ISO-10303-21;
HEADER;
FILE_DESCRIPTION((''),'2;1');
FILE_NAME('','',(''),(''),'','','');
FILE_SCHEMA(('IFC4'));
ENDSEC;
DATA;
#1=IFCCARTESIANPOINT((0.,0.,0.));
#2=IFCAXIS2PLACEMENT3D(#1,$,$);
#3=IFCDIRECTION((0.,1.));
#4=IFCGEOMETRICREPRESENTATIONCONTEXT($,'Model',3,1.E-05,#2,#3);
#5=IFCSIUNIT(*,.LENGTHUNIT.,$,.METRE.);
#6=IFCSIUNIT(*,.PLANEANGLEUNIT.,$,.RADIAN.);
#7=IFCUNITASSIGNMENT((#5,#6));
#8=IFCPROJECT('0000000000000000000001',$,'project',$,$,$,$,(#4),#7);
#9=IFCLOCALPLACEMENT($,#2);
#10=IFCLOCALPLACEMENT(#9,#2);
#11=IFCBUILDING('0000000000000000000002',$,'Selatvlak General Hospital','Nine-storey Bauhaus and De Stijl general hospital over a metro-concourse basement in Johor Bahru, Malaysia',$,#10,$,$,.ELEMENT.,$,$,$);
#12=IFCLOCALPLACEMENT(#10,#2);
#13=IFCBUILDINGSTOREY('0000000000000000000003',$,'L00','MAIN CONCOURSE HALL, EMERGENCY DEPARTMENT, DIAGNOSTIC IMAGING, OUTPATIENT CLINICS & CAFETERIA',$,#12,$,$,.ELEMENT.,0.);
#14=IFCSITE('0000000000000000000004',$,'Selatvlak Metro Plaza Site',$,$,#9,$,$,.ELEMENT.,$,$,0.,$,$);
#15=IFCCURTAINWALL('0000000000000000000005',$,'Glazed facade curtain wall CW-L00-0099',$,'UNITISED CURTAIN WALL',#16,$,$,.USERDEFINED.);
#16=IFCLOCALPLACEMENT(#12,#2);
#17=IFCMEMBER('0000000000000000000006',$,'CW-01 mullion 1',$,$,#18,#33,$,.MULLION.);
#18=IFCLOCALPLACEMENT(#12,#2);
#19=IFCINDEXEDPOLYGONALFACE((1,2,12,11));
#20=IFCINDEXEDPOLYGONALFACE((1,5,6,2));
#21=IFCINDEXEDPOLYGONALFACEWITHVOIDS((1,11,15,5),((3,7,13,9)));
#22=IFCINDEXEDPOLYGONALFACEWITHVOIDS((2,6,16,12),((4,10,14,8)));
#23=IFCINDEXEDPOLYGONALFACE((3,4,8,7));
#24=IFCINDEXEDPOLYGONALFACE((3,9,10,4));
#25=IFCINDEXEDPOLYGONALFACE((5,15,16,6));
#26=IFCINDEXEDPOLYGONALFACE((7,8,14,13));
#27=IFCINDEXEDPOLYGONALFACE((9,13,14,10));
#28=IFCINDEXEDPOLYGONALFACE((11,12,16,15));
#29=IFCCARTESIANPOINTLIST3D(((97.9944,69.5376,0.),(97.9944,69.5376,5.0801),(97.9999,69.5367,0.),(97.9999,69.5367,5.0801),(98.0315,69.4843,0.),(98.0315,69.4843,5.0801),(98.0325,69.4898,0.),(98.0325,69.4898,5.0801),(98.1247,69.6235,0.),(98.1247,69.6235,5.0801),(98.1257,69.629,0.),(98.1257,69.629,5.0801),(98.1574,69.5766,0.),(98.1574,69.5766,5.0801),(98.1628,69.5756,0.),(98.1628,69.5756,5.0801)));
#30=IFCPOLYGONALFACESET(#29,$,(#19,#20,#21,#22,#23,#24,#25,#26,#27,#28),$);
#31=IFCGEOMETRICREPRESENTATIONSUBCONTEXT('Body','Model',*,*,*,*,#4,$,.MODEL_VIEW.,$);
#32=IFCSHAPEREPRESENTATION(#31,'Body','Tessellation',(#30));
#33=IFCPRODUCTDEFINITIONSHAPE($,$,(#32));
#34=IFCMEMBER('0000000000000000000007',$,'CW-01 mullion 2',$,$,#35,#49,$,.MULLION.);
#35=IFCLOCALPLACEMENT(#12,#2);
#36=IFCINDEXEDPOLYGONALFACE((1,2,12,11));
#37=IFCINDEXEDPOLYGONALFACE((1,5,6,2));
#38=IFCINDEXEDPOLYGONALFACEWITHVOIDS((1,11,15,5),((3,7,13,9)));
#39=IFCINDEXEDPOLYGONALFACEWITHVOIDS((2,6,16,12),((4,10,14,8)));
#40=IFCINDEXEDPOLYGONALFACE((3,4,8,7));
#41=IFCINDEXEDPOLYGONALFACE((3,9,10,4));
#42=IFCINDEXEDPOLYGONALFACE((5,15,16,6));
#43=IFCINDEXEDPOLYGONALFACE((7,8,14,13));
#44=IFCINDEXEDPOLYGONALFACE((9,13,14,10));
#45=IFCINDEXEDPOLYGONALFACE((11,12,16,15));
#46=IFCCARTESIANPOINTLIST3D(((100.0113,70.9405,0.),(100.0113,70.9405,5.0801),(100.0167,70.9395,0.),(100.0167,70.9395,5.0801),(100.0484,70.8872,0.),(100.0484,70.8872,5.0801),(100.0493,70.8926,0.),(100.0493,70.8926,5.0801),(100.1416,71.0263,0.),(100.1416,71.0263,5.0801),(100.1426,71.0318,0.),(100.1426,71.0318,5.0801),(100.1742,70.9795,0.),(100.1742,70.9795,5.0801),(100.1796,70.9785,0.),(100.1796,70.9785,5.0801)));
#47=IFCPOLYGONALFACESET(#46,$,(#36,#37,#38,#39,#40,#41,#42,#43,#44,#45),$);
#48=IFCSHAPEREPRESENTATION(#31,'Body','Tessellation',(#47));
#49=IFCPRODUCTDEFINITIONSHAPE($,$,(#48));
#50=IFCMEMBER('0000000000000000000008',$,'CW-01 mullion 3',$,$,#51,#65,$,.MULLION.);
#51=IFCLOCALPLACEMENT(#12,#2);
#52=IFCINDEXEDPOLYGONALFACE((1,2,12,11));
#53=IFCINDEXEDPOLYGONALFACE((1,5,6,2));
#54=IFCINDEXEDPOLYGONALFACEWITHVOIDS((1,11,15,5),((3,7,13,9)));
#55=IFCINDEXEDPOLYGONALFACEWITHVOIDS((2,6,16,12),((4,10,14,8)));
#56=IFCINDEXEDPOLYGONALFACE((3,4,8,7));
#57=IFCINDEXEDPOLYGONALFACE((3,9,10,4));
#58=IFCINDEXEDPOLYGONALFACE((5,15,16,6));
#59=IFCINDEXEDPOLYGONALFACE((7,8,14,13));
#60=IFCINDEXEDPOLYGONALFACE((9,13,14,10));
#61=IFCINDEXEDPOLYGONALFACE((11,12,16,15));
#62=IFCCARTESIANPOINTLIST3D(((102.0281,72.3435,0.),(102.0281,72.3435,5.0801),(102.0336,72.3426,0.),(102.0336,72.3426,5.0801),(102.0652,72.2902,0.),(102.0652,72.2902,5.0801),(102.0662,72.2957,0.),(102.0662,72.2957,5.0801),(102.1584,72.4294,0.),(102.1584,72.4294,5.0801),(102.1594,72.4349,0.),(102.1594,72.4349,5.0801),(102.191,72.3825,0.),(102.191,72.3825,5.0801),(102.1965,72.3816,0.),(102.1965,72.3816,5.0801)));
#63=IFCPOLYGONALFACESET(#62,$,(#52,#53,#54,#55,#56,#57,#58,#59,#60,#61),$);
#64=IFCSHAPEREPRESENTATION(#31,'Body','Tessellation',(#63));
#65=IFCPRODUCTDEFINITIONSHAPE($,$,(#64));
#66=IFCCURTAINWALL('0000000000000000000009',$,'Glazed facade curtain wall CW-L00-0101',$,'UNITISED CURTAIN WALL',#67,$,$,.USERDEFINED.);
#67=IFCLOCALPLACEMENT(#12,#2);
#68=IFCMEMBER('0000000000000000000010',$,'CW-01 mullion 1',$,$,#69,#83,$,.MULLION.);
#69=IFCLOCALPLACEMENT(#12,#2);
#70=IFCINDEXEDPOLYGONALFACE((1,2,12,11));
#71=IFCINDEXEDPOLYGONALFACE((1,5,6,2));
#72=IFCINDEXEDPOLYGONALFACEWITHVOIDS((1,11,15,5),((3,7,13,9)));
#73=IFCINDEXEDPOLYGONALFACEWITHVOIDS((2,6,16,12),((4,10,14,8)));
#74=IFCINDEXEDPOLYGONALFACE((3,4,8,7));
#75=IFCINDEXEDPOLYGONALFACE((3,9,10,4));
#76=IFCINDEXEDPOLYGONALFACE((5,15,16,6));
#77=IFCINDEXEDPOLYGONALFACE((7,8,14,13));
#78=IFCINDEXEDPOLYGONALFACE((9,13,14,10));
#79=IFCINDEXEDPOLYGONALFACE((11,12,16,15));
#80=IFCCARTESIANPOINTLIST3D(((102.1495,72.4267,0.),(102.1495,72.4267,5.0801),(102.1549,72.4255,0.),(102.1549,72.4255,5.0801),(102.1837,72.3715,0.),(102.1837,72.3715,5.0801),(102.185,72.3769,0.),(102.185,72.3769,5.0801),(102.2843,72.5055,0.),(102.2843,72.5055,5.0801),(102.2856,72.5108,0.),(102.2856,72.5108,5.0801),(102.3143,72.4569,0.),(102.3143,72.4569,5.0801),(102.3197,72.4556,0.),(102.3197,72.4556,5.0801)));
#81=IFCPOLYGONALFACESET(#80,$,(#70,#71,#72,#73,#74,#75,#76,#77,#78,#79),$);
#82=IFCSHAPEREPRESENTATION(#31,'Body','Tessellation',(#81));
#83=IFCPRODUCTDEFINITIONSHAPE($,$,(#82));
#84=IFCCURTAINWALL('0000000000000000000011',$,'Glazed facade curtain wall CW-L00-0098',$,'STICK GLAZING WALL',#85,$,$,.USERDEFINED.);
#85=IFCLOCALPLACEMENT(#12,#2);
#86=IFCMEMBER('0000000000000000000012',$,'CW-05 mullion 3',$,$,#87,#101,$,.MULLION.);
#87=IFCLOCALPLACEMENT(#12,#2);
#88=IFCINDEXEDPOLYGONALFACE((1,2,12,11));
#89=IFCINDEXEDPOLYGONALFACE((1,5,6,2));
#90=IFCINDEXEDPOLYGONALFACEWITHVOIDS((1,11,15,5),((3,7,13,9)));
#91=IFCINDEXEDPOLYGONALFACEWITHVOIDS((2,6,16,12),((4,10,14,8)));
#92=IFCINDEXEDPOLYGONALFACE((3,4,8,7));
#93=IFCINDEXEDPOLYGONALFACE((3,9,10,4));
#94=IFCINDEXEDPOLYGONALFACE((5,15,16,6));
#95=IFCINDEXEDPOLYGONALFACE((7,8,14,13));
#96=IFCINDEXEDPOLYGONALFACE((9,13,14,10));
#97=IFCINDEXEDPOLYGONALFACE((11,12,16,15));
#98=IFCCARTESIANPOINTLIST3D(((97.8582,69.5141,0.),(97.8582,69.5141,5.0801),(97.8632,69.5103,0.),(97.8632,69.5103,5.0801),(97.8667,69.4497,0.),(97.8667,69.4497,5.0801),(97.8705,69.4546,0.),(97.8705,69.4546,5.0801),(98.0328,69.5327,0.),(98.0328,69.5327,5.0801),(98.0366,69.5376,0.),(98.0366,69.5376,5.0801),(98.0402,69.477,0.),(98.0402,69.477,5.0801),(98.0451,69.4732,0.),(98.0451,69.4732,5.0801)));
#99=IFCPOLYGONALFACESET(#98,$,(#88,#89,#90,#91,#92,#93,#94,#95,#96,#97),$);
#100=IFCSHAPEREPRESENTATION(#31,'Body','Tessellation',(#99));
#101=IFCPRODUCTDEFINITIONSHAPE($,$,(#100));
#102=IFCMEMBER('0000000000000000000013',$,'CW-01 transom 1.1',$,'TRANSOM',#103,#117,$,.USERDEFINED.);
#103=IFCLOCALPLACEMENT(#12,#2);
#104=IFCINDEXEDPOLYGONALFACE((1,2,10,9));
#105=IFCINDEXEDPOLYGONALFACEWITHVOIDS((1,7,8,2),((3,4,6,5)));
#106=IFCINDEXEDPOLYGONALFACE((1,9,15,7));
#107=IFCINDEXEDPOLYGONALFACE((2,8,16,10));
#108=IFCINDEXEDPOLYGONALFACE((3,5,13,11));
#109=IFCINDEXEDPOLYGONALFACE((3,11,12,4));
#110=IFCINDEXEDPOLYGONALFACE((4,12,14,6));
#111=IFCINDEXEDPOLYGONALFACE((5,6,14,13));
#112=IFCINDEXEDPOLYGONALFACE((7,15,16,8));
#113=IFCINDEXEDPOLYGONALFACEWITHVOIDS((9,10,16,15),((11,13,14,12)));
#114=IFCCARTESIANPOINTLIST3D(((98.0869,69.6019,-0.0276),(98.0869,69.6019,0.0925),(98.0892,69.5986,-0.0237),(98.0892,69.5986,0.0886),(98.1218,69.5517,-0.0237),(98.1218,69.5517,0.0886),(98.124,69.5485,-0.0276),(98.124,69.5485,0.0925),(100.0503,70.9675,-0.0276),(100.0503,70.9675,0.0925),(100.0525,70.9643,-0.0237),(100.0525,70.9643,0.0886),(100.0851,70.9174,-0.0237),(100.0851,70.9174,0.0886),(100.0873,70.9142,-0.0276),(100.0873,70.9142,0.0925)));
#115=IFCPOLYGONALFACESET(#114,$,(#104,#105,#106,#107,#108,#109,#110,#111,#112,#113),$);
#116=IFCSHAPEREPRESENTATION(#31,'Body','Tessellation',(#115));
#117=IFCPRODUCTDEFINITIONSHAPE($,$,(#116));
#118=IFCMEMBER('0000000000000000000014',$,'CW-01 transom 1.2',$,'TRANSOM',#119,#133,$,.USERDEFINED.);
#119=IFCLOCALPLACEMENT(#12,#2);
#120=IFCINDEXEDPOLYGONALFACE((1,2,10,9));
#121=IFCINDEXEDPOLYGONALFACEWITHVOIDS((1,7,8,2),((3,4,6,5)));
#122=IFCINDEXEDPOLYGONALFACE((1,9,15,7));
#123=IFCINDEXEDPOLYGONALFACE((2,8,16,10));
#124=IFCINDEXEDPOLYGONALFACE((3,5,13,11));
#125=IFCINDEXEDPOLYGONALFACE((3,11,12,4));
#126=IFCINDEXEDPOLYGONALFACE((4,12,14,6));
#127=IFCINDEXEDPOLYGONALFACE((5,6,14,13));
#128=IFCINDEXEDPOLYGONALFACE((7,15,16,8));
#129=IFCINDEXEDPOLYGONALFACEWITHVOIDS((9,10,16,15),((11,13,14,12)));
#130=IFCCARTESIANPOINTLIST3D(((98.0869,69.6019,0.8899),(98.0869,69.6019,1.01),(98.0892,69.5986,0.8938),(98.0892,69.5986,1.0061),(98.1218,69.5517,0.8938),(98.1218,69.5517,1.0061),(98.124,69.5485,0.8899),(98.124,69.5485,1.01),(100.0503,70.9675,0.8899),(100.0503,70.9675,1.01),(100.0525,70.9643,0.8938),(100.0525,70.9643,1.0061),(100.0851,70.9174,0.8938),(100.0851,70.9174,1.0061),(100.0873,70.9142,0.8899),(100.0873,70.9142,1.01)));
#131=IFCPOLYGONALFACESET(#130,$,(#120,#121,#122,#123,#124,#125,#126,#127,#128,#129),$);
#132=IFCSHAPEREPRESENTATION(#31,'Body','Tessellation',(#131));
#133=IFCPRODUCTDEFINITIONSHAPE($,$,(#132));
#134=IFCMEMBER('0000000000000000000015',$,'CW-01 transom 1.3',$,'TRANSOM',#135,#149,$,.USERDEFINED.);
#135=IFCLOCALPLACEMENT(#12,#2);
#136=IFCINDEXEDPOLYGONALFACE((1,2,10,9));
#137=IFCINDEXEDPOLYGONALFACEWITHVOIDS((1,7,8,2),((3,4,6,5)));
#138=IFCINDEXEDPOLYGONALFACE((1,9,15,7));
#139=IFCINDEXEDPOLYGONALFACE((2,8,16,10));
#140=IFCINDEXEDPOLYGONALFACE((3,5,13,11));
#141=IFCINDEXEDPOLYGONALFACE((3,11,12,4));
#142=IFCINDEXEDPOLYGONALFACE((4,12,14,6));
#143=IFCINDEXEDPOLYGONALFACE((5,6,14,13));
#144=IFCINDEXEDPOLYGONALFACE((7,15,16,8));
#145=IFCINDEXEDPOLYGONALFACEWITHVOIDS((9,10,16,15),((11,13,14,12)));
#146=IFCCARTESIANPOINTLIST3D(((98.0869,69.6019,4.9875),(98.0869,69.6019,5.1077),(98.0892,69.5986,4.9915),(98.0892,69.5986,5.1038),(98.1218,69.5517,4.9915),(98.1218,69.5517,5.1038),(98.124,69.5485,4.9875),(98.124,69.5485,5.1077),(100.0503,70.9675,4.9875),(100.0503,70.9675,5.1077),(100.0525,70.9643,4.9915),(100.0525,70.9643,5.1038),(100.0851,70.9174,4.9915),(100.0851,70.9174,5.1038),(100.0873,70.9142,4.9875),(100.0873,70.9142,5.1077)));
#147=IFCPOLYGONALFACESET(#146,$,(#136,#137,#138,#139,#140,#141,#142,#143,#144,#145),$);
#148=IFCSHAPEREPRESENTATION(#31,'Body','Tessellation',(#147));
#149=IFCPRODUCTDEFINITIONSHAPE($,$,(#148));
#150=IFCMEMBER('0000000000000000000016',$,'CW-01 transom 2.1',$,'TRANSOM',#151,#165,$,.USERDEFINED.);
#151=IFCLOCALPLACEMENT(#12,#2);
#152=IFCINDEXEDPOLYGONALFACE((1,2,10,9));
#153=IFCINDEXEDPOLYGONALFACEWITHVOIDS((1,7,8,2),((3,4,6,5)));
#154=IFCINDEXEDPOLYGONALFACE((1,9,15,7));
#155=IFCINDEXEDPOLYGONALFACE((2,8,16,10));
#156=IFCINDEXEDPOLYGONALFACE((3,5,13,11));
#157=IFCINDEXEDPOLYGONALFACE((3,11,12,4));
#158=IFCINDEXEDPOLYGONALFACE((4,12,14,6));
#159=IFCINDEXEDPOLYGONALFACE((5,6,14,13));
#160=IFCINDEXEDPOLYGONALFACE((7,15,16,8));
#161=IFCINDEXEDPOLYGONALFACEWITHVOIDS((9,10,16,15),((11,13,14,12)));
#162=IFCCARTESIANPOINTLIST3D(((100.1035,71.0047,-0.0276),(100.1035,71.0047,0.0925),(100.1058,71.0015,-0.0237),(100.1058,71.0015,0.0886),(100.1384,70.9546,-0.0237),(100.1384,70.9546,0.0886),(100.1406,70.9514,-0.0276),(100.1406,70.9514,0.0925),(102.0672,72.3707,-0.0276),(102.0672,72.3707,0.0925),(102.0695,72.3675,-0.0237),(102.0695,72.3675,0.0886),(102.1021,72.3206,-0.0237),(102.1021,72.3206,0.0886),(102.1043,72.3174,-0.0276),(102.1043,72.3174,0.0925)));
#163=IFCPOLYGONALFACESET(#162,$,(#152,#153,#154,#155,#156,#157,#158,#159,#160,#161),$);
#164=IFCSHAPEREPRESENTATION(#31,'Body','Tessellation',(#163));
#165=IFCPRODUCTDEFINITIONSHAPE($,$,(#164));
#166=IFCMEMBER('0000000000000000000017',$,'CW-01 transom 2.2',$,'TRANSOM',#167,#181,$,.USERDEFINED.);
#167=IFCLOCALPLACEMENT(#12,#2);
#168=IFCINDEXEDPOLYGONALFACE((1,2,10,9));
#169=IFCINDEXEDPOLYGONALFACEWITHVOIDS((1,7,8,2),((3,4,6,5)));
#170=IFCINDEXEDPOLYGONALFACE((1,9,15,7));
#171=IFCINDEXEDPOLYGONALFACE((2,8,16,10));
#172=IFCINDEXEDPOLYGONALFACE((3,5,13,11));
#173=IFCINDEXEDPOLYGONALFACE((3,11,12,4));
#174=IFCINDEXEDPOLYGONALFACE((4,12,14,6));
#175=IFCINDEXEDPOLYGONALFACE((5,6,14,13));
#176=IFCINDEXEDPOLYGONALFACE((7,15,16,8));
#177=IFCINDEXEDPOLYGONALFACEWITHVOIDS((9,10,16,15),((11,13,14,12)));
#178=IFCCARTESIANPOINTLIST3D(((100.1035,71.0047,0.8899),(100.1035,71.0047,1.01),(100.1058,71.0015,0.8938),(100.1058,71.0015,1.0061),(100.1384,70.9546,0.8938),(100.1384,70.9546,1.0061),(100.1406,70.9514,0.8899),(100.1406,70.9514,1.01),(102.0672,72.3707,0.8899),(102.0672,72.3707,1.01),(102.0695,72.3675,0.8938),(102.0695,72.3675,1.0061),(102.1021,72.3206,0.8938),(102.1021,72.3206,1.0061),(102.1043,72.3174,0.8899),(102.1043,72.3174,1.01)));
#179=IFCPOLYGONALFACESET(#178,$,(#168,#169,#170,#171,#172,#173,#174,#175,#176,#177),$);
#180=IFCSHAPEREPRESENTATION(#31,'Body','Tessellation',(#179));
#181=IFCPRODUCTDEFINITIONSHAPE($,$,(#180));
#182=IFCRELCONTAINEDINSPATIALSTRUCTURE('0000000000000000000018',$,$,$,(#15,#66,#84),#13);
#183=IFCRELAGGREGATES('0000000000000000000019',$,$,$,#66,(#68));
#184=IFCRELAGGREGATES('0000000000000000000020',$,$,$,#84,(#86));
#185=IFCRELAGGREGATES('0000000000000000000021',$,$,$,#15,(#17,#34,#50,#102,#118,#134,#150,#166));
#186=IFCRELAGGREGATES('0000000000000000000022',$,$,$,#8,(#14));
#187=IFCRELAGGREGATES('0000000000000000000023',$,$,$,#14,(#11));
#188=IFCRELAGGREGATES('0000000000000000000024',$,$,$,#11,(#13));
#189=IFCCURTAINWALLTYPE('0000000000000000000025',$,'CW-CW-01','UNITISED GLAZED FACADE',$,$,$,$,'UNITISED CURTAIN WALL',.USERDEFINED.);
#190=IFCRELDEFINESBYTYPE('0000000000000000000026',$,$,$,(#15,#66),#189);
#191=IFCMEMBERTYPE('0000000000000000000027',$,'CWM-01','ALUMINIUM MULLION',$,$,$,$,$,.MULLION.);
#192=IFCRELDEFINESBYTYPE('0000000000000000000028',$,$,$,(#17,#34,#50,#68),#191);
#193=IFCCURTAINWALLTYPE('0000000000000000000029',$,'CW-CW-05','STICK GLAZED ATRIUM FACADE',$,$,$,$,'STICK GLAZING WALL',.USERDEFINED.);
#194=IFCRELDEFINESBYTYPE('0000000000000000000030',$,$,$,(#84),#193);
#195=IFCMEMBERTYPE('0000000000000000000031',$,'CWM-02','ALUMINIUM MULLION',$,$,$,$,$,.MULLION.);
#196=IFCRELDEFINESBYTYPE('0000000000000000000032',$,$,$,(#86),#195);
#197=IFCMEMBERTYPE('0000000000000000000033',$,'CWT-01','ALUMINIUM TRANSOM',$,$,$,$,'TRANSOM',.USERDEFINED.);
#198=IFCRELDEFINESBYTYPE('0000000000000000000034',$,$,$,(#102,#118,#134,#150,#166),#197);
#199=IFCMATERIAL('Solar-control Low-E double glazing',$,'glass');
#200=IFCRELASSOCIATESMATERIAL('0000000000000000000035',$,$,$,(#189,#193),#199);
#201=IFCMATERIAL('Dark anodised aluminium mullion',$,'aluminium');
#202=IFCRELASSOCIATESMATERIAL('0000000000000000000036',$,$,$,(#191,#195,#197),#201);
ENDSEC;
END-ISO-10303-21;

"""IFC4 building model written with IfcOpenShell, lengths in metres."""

from ifc_helpers import new_model, si_unit, direction, frame, origin, origin_2d, place, context, subcontext, project, spatial, hollow_rectangle, extrude, material, material_profile, profile_set, type_object, element, aggregate, save


model = new_model("IFC4")

# Units and contexts
model_context = context("Model", 3, precision=1e-05, world=origin(), true_north=direction((0.0, 1.0)))
body_context = subcontext(model_context, "Body", "Model", "MODEL_VIEW")
ifc_project = project(units=[si_unit("LENGTHUNIT", "METRE"), si_unit("PLANEANGLEUNIT", "RADIAN")], contexts=[model_context])

# Site, building, storey
site_placement = place(None, origin())
site = spatial("IfcSite", under=ifc_project, at=site_placement, Name="Selatvlak Metro Plaza Site", CompositionType="ELEMENT", RefElevation=0.0)
building_placement = place(site_placement, origin())
building = spatial("IfcBuilding", under=site, at=building_placement, Name="Selatvlak General Hospital", Description="Nine-storey Bauhaus and De Stijl general hospital over a metro-concourse basement in Johor Bahru, Malaysia", CompositionType="ELEMENT")
storey_placement = place(building_placement, origin())
storey = spatial("IfcBuildingStorey", under=building, at=storey_placement, Name="L00", Description="MAIN CONCOURSE HALL, EMERGENCY DEPARTMENT, DIAGNOSTIC IMAGING, OUTPATIENT CLINICS & CAFETERIA", CompositionType="ELEMENT", Elevation=0.0)

# Curtain wall, members
ifc_material_1 = material(Name="Solar-control Low-E double glazing", Category="glass")
curtain_wall_type_1 = type_object("IfcCurtainWallType", Name="CW-CW-01", Description="UNITISED GLAZED FACADE", ElementType="UNITISED CURTAIN WALL", PredefinedType="USERDEFINED", material=ifc_material_1)
curtain_wall_1_placement = place(storey_placement, origin())
curtain_wall_1 = element("IfcCurtainWall", 1, at=curtain_wall_1_placement, inside=storey, type_object=curtain_wall_type_1, Name="Glazed facade curtain wall CW-L00-0099", ObjectType="UNITISED CURTAIN WALL", PredefinedType="USERDEFINED")
ifc_material_2 = material(Name="Dark anodised aluminium mullion", Category="aluminium")
ifc_material_profile_1 = material_profile(ifc_material_2, hollow_rectangle(XDim=0.0649, YDim=0.1599, WallThickness=0.0039, at=origin_2d()), Name="AL-MUL 65x160x4")
ifc_profile_set_1 = profile_set([ifc_material_profile_1], Name="Dark anodised aluminium mullion")
member_type_1 = type_object("IfcMemberType", Name="CWM-01", Description="ALUMINIUM MULLION", PredefinedType="MULLION", material=ifc_profile_set_1)
member_1_placement = place(storey_placement, frame((98.0786, 69.5566, 0.0), z_axis=(0.0, 0.0, 1.0), x_axis=(-0.571047, 0.820917, 0.0)))
member_1 = element("IfcMember", 2, at=member_1_placement, type_object=member_type_1, Name="CW-01 mullion 1", PredefinedType="MULLION", context=body_context, shape_type="SweptSolid", body=[
    extrude(hollow_rectangle(XDim=0.0649, YDim=0.1599, WallThickness=0.0039, at=origin_2d()), origin(), (0.0, 0.0, 1.0), 5.0801),
])
member_2_placement = place(storey_placement, frame((100.0955, 70.9595, 0.0), z_axis=(0.0, 0.0, 1.0), x_axis=(-0.571047, 0.820917, 0.0)))
member_2 = element("IfcMember", 3, at=member_2_placement, type_object=member_type_1, Name="CW-01 mullion 2", PredefinedType="MULLION", context=body_context, shape_type="SweptSolid", body=[
    extrude(hollow_rectangle(XDim=0.0649, YDim=0.1599, WallThickness=0.0039, at=origin_2d()), origin(), (0.0, 0.0, 1.0), 5.0801),
])
member_3_placement = place(storey_placement, frame((102.1123, 72.3625, 0.0), z_axis=(0.0, 0.0, 1.0), x_axis=(-0.571047, 0.820917, 0.0)))
member_3 = element("IfcMember", 4, at=member_3_placement, type_object=member_type_1, Name="CW-01 mullion 3", PredefinedType="MULLION", context=body_context, shape_type="SweptSolid", body=[
    extrude(hollow_rectangle(XDim=0.0649, YDim=0.1599, WallThickness=0.0039, at=origin_2d()), origin(), (0.0, 0.0, 1.0), 5.0801),
])

# Curtain walls, members
curtain_wall_2_placement = place(storey_placement, origin())
curtain_wall_2 = element("IfcCurtainWall", 5, at=curtain_wall_2_placement, inside=storey, type_object=curtain_wall_type_1, Name="Glazed facade curtain wall CW-L00-0101", ObjectType="UNITISED CURTAIN WALL", PredefinedType="USERDEFINED")
member_4_placement = place(storey_placement, frame((102.2346, 72.4412, 0.0), z_axis=(0.0, 0.0, 1.0), x_axis=(-0.525872, 0.850564, 0.0)))
member_4 = element("IfcMember", 6, at=member_4_placement, type_object=member_type_1, Name="CW-01 mullion 1", PredefinedType="MULLION", context=body_context, shape_type="SweptSolid", body=[
    extrude(hollow_rectangle(XDim=0.0649, YDim=0.1599, WallThickness=0.0039, at=origin_2d()), origin(), (0.0, 0.0, 1.0), 5.0801),
])
aggregate(curtain_wall_2, [member_4])
curtain_wall_type_2 = type_object("IfcCurtainWallType", Name="CW-CW-05", Description="STICK GLAZED ATRIUM FACADE", ElementType="STICK GLAZING WALL", PredefinedType="USERDEFINED", material=ifc_material_1)
curtain_wall_3_placement = place(storey_placement, origin())
curtain_wall_3 = element("IfcCurtainWall", 7, at=curtain_wall_3_placement, inside=storey, type_object=curtain_wall_type_2, Name="Glazed facade curtain wall CW-L00-0098", ObjectType="STICK GLAZING WALL", PredefinedType="USERDEFINED")
ifc_material_profile_2 = material_profile(ifc_material_2, hollow_rectangle(XDim=0.0649, YDim=0.1799, WallThickness=0.0044, at=origin_2d()), Name="AL-MUL 65x180x4.5")
ifc_profile_set_2 = profile_set([ifc_material_profile_2], Name="Dark anodised aluminium mullion")
member_type_2 = type_object("IfcMemberType", Name="CWM-02", Description="ALUMINIUM MULLION", PredefinedType="MULLION", material=ifc_profile_set_2)
member_5_placement = place(storey_placement, frame((97.9517, 69.4937, 0.0), z_axis=(0.0, 0.0, 1.0), x_axis=(-0.130611, 0.991434, 0.0)))
member_5 = element("IfcMember", 8, at=member_5_placement, type_object=member_type_2, Name="CW-05 mullion 3", PredefinedType="MULLION", context=body_context, shape_type="SweptSolid", body=[
    extrude(hollow_rectangle(XDim=0.0649, YDim=0.1799, WallThickness=0.0044, at=origin_2d()), origin(), (0.0, 0.0, 1.0), 5.0801),
])

# Members
ifc_material_profile_3 = material_profile(ifc_material_2, hollow_rectangle(XDim=0.0649, YDim=0.1201, WallThickness=0.0039, at=origin_2d()), Name="AL-TRN 65x120x4")
ifc_profile_set_3 = profile_set([ifc_material_profile_3], Name="Dark anodised aluminium mullion")
member_type_3 = type_object("IfcMemberType", Name="CWT-01", Description="ALUMINIUM TRANSOM", ElementType="TRANSOM", PredefinedType="USERDEFINED", material=ifc_profile_set_3)
member_6_placement = place(storey_placement, frame((98.1055, 69.5752, 0.0325), z_axis=(0.820926, 0.571035, 0.0), x_axis=(-0.571035, 0.820926, 0.0)))
member_6 = element("IfcMember", 9, at=member_6_placement, type_object=member_type_3, Name="CW-01 transom 1.1", ObjectType="TRANSOM", PredefinedType="USERDEFINED", context=body_context, shape_type="SweptSolid", body=[
    extrude(hollow_rectangle(XDim=0.0649, YDim=0.1201, WallThickness=0.0039, at=origin_2d()), origin(), (0.0, 0.0, 1.0), 2.3916),
])
member_7_placement = place(storey_placement, frame((98.1055, 69.5752, 0.95), z_axis=(0.820926, 0.571035, 0.0), x_axis=(-0.571035, 0.820926, 0.0)))
member_7 = element("IfcMember", 10, at=member_7_placement, type_object=member_type_3, Name="CW-01 transom 1.2", ObjectType="TRANSOM", PredefinedType="USERDEFINED", context=body_context, shape_type="SweptSolid", body=[
    extrude(hollow_rectangle(XDim=0.0649, YDim=0.1201, WallThickness=0.0039, at=origin_2d()), origin(), (0.0, 0.0, 1.0), 2.3916),
])
member_8_placement = place(storey_placement, frame((98.1055, 69.5752, 5.0476), z_axis=(0.820926, 0.571035, 0.0), x_axis=(-0.571035, 0.820926, 0.0)))
member_8 = element("IfcMember", 11, at=member_8_placement, type_object=member_type_3, Name="CW-01 transom 1.3", ObjectType="TRANSOM", PredefinedType="USERDEFINED", context=body_context, shape_type="SweptSolid", body=[
    extrude(hollow_rectangle(XDim=0.0649, YDim=0.1201, WallThickness=0.0039, at=origin_2d()), origin(), (0.0, 0.0, 1.0), 2.3916),
])
member_9_placement = place(storey_placement, frame((100.1221, 70.978, 0.0325), z_axis=(0.820911, 0.571056, 0.0), x_axis=(-0.571056, 0.820911, 0.0)))
member_9 = element("IfcMember", 12, at=member_9_placement, type_object=member_type_3, Name="CW-01 transom 2.1", ObjectType="TRANSOM", PredefinedType="USERDEFINED", context=body_context, shape_type="SweptSolid", body=[
    extrude(hollow_rectangle(XDim=0.0649, YDim=0.1201, WallThickness=0.0039, at=origin_2d()), origin(), (0.0, 0.0, 1.0), 2.3921),
])
member_10_placement = place(storey_placement, frame((100.1221, 70.978, 0.95), z_axis=(0.820911, 0.571056, 0.0), x_axis=(-0.571056, 0.820911, 0.0)))
member_10 = element("IfcMember", 13, at=member_10_placement, type_object=member_type_3, Name="CW-01 transom 2.2", ObjectType="TRANSOM", PredefinedType="USERDEFINED", context=body_context, shape_type="SweptSolid", body=[
    extrude(hollow_rectangle(XDim=0.0649, YDim=0.1201, WallThickness=0.0039, at=origin_2d()), origin(), (0.0, 0.0, 1.0), 2.3921),
])

aggregate(curtain_wall_3, [member_5])
aggregate(curtain_wall_1, [member_1, member_2, member_3, member_6, member_7, member_8, member_9, member_10])

save(model, "model.ifc")
